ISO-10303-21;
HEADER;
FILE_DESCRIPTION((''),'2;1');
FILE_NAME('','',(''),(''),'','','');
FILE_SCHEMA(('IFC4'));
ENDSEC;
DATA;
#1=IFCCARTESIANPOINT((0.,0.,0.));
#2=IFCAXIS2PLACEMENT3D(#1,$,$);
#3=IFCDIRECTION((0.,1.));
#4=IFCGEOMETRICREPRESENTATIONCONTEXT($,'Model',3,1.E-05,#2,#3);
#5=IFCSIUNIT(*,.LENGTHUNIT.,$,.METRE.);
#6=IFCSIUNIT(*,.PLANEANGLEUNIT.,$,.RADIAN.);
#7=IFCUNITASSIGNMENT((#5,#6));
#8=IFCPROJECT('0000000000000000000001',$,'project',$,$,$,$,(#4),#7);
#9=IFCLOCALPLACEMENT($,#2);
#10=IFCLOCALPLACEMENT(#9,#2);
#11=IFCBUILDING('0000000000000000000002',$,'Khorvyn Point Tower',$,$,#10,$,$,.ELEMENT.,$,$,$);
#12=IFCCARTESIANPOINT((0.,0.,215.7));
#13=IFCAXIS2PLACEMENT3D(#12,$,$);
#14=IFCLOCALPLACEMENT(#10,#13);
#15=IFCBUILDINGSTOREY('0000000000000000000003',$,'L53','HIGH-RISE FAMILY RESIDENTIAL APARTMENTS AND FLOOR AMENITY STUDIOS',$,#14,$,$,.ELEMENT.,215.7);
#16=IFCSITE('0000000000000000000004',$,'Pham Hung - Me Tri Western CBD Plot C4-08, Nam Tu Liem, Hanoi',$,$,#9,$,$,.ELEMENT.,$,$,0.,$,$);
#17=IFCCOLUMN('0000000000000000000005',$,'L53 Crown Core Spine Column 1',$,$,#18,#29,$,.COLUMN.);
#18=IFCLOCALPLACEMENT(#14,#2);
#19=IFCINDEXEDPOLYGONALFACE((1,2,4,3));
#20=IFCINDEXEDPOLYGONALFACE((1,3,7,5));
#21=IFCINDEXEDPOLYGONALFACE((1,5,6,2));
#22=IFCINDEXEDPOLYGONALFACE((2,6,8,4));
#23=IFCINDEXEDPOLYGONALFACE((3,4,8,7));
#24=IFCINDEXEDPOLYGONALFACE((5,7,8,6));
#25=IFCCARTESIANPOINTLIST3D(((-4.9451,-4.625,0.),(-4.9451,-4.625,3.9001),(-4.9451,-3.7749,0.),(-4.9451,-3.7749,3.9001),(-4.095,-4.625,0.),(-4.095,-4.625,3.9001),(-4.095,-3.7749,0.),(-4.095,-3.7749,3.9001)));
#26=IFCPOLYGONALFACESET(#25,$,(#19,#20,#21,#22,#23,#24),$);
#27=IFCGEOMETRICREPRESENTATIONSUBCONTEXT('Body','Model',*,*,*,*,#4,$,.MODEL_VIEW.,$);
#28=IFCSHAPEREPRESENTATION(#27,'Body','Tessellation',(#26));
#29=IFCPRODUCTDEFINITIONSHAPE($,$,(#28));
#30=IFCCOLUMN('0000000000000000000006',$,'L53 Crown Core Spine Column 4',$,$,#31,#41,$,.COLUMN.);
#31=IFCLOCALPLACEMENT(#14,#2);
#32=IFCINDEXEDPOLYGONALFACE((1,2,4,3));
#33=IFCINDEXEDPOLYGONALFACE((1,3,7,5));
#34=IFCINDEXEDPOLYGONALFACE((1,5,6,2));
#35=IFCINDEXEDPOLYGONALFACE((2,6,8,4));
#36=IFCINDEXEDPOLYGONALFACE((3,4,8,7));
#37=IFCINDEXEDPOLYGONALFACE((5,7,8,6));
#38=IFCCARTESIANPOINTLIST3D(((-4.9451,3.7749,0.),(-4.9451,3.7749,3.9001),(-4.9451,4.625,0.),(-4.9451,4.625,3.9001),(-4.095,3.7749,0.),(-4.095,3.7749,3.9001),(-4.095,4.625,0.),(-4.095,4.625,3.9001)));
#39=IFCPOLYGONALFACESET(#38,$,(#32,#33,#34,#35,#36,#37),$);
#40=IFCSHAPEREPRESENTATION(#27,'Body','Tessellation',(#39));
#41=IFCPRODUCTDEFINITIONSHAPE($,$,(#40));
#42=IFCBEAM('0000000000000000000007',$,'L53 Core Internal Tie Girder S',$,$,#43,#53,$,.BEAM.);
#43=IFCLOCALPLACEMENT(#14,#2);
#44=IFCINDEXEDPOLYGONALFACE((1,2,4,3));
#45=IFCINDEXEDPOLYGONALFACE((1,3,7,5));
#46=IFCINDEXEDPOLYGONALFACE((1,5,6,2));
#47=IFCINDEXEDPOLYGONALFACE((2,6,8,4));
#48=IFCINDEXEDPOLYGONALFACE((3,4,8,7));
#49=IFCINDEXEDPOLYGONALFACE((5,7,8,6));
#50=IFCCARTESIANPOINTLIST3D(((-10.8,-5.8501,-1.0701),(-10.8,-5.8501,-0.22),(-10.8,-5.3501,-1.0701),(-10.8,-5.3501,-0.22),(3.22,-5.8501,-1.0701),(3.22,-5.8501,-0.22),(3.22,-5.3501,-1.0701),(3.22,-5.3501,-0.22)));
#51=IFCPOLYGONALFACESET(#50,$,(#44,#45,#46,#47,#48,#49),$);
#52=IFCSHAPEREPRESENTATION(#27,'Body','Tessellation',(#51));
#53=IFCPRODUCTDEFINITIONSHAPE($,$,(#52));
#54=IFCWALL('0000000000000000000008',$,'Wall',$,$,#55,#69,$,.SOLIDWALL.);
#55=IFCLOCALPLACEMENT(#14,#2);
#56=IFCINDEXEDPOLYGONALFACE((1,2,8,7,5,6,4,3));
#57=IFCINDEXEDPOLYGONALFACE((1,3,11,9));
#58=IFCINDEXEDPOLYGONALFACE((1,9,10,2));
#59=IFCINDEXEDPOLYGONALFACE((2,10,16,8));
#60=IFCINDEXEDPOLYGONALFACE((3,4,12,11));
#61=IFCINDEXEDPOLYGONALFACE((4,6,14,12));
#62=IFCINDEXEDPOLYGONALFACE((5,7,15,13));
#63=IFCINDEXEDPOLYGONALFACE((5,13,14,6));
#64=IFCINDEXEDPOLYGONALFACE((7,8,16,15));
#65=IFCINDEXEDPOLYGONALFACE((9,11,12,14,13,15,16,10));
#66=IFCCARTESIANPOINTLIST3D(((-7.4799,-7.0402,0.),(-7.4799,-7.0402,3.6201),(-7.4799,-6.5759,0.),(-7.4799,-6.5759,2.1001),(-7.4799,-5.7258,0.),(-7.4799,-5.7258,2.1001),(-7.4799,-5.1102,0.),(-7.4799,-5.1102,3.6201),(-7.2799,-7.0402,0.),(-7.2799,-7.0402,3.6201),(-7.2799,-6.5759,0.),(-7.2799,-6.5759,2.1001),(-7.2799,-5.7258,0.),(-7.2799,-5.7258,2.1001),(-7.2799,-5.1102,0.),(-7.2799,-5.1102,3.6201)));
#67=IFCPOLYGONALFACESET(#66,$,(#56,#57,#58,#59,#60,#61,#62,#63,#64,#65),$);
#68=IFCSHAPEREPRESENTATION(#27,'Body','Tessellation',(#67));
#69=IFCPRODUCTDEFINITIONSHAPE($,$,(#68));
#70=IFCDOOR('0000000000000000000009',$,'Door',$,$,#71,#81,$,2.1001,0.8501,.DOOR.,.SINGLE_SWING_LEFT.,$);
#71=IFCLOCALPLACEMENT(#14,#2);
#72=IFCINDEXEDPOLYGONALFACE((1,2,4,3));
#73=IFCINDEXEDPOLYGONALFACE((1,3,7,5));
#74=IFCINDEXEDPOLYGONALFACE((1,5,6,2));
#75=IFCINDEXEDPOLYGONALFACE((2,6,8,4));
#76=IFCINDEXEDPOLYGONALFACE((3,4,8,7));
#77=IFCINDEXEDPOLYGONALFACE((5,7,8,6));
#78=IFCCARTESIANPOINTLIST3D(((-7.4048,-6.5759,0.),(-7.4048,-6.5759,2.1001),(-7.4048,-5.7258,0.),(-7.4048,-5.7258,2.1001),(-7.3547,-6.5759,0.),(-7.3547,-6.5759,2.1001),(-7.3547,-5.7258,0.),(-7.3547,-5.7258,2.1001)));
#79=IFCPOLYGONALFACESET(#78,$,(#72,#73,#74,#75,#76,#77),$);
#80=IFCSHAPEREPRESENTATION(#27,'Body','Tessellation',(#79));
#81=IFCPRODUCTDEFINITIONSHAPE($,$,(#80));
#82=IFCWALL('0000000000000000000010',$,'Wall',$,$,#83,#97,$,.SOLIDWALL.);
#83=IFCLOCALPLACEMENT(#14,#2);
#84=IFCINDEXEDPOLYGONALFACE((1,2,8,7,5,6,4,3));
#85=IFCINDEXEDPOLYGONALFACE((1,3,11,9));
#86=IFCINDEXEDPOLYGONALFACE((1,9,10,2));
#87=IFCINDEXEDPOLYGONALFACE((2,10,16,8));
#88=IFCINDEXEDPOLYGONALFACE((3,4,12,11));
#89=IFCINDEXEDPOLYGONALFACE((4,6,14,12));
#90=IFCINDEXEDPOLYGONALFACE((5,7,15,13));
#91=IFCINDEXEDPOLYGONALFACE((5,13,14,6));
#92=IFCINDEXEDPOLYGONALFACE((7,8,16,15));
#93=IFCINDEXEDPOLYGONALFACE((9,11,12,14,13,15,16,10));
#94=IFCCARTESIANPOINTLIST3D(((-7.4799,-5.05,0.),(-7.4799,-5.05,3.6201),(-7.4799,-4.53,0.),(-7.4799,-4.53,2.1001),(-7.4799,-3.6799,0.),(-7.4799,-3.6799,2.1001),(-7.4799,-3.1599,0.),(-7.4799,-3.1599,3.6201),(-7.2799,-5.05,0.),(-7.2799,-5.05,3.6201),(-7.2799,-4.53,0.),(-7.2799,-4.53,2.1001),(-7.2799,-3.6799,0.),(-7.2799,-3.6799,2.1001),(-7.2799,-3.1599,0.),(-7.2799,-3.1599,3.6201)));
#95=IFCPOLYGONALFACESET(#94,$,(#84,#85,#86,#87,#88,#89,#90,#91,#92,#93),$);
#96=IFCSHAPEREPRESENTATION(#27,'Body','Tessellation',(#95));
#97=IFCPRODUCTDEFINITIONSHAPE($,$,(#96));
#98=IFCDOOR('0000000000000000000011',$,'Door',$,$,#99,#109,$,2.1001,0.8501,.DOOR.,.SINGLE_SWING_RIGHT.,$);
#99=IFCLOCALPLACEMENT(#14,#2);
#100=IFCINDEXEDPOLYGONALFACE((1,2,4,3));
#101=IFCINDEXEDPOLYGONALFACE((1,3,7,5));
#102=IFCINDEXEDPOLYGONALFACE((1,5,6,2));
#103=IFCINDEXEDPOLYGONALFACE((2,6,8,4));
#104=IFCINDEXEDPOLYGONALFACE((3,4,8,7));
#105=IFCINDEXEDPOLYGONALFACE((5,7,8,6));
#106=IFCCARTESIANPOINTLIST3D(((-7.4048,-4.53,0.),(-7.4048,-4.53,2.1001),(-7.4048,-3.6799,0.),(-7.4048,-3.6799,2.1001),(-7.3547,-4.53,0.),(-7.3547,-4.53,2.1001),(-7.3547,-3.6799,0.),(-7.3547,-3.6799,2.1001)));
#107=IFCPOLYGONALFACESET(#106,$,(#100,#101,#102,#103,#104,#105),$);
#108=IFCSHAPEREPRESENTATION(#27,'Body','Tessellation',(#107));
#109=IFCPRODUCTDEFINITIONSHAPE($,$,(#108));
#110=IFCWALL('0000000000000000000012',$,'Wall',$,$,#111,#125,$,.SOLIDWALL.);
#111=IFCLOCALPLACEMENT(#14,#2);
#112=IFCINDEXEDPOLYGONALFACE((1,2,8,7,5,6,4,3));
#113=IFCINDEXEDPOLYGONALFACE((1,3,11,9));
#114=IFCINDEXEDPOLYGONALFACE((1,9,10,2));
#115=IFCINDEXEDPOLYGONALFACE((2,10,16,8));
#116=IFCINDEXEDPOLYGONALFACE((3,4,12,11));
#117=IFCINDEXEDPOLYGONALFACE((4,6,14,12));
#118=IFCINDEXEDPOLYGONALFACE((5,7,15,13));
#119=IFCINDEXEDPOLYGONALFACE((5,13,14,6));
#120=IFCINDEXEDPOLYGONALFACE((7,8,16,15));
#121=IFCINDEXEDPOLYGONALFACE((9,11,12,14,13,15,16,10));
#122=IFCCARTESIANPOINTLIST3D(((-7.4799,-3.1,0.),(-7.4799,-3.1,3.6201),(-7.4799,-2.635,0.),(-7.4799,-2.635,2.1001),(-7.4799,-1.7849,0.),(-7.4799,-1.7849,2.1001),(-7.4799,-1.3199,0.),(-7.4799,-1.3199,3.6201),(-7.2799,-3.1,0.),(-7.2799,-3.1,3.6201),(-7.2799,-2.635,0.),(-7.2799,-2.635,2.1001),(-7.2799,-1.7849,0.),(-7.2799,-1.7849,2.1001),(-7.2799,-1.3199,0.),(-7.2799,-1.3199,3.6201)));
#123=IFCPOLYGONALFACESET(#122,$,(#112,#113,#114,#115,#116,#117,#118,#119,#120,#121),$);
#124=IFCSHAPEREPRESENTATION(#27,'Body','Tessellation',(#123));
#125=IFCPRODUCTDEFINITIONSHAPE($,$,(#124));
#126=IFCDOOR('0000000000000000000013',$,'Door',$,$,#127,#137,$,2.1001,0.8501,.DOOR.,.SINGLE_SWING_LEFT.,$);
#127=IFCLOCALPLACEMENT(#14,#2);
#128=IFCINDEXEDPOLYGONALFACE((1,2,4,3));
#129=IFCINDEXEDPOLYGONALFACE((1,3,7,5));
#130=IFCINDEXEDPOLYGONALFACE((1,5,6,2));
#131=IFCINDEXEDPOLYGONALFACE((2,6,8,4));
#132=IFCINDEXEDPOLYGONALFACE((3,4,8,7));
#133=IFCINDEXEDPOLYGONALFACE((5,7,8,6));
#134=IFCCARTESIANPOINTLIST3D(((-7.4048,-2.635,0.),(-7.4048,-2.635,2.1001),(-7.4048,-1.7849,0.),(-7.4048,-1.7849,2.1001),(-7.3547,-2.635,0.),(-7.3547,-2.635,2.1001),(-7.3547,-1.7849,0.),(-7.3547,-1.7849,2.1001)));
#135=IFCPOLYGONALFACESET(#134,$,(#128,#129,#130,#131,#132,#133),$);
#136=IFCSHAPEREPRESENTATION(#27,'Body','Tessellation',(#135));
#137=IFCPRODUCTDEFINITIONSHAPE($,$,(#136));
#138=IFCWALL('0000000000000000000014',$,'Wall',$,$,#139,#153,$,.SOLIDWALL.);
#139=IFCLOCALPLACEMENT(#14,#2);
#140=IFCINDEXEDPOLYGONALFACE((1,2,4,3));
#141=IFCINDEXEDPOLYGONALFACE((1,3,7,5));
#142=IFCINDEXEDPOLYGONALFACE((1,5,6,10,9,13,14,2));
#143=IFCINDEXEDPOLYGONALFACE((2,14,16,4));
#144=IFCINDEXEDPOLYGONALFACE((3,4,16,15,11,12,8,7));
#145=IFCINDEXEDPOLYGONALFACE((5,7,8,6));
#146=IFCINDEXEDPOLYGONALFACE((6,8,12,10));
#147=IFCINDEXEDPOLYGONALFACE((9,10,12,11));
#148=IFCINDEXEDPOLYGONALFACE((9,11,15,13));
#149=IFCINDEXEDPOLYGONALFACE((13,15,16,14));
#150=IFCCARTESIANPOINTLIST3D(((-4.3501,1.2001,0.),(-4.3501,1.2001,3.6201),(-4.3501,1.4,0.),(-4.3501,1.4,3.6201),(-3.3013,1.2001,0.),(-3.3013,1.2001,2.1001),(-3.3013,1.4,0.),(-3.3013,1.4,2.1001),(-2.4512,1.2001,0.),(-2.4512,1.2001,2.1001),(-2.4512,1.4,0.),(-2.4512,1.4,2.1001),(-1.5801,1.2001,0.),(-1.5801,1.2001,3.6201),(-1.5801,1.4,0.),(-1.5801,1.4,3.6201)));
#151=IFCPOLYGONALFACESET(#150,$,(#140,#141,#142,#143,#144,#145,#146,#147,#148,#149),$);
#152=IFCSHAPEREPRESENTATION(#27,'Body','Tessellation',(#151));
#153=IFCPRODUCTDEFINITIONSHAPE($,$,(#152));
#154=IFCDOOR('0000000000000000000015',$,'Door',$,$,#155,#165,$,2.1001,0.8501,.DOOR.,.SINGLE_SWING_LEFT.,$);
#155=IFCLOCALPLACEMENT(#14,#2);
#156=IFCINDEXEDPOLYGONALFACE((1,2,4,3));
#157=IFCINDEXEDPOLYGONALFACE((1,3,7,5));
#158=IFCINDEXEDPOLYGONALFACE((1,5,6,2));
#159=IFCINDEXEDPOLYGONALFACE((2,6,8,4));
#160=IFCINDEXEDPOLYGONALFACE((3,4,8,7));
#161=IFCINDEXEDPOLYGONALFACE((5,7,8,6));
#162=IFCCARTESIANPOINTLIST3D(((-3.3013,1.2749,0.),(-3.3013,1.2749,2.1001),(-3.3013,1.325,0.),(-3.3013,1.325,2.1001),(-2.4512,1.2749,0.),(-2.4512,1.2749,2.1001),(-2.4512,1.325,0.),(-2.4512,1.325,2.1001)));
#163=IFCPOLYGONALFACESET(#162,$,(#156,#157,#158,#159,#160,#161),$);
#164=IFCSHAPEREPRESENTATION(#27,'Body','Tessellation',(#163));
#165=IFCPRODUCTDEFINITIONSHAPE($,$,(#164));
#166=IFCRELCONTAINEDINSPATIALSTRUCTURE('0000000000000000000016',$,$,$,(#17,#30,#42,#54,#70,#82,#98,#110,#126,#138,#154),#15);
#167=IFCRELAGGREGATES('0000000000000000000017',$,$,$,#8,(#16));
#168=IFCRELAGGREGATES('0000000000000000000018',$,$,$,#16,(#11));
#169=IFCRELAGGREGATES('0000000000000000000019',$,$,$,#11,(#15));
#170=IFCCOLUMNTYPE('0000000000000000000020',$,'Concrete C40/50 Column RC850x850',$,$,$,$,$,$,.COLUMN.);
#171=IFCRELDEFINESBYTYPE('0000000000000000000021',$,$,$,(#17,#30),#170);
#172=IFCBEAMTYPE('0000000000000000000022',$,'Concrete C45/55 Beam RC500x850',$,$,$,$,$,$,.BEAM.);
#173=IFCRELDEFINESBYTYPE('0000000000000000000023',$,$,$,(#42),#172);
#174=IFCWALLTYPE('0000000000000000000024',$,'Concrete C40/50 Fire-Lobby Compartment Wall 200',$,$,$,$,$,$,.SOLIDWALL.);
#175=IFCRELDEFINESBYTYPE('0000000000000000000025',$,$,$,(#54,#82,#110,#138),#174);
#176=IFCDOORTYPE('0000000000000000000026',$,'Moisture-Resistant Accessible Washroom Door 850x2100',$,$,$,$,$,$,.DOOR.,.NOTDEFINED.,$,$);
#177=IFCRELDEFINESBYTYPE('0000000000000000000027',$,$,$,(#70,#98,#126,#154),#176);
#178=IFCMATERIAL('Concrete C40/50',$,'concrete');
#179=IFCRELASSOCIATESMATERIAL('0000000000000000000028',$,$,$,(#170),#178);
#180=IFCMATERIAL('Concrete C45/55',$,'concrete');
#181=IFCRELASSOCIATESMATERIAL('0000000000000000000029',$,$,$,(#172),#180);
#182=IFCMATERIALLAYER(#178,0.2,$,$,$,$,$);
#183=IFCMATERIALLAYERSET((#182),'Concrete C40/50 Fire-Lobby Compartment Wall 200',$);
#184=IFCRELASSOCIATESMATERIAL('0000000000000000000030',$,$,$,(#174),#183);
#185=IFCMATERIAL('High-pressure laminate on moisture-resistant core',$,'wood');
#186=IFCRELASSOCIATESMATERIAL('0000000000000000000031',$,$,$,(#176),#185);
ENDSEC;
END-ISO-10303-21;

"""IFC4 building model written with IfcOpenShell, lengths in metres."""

from ifc_helpers import new_model, si_unit, direction, frame, frame_2d, origin, origin_2d, place, context, subcontext, project, spatial, rectangle, extrude, material, layer, layer_set, material_profile, profile_set, type_object, element, fill, save


model = new_model("IFC4")

# Units and contexts
model_context = context("Model", 3, precision=1e-05, world=origin(), true_north=direction((0.0, 1.0)))
body_context = subcontext(model_context, "Body", "Model", "MODEL_VIEW")
ifc_project = project(units=[si_unit("LENGTHUNIT", "METRE"), si_unit("PLANEANGLEUNIT", "RADIAN")], contexts=[model_context])

# Site, building, storey
site_placement = place(None, origin())
site = spatial("IfcSite", under=ifc_project, at=site_placement, Name="Pham Hung - Me Tri Western CBD Plot C4-08, Nam Tu Liem, Hanoi", CompositionType="ELEMENT", RefElevation=0.0)
building_placement = place(site_placement, origin())
building = spatial("IfcBuilding", under=site, at=building_placement, Name="Khorvyn Point Tower", CompositionType="ELEMENT")
storey_placement = place(building_placement, frame((0.0, 0.0, 215.7)))
storey = spatial("IfcBuildingStorey", under=building, at=storey_placement, Name="L53", Description="HIGH-RISE FAMILY RESIDENTIAL APARTMENTS AND FLOOR AMENITY STUDIOS", CompositionType="ELEMENT", Elevation=215.7)

# Columns
ifc_material_1 = material(Name="Concrete C40/50", Category="concrete")
ifc_material_profile_1 = material_profile(ifc_material_1, rectangle(XDim=0.8501, YDim=0.8501, at=origin_2d()))
ifc_profile_set_1 = profile_set([ifc_material_profile_1], Name="Concrete C40/50 RC850x850")
column_type = type_object("IfcColumnType", Name="Concrete C40/50 Column RC850x850", PredefinedType="COLUMN", material=ifc_profile_set_1)
for number, where, z_axis, x_axis, name in (
    (1, (-4.52, -4.2, 0.0), (0.0, 0.0, 1.0), (1.0, 0.0, 0.0), "L53 Crown Core Spine Column 1"),
    (2, (-4.52, 4.2, 0.0), (0.0, 0.0, 1.0), (1.0, 0.0, 0.0), "L53 Crown Core Spine Column 4"),
):
    element("IfcColumn", number, at=place(storey_placement, frame(where, z_axis=z_axis, x_axis=x_axis)), inside=storey, type_object=column_type, Name=name, PredefinedType="COLUMN", context=body_context, shape_type="SweptSolid", body=[
        extrude(rectangle(XDim=0.8501, YDim=0.8501, at=origin_2d()), origin(), (0.0, 0.0, 1.0), 3.9001),
    ])

# Beam
ifc_material_2 = material(Name="Concrete C45/55", Category="concrete")
ifc_material_profile_2 = material_profile(ifc_material_2, rectangle(XDim=0.5, YDim=0.8501, at=origin_2d()))
ifc_profile_set_2 = profile_set([ifc_material_profile_2], Name="Concrete C45/55 RC500x850")
beam_type = type_object("IfcBeamType", Name="Concrete C45/55 Beam RC500x850", PredefinedType="BEAM", material=ifc_profile_set_2)
beam_placement = place(storey_placement, frame((-10.8, -5.6001, -0.645), z_axis=(1.0, 0.0, 0.0), x_axis=(0.0, 1.0, 0.0)))
element("IfcBeam", 3, at=beam_placement, inside=storey, type_object=beam_type, Name="L53 Core Internal Tie Girder S", PredefinedType="BEAM", context=body_context, shape_type="SweptSolid", body=[
    extrude(rectangle(XDim=0.5, YDim=0.8501, at=origin_2d()), origin(), (0.0, 0.0, 1.0), 14.02),
])

# Walls, openings, doors
ifc_layer_1 = layer(ifc_material_1, 0.2)
ifc_layer_set_1 = layer_set([ifc_layer_1], Name="Concrete C40/50 Fire-Lobby Compartment Wall 200")
wall_type_1 = type_object("IfcWallType", Name="Concrete C40/50 Fire-Lobby Compartment Wall 200", PredefinedType="SOLIDWALL", material=ifc_layer_set_1)
wall_1_placement = place(storey_placement, frame((-7.3799, -7.04, 0.0), z_axis=(0.0, 0.0, 1.0), x_axis=(0.0, 1.0, 0.0)))
wall_1 = element("IfcWall", 4, at=wall_1_placement, inside=storey, type_object=wall_type_1, Name="Wall", PredefinedType="SOLIDWALL", context=body_context, shape_type="SweptSolid", body=[
    extrude(rectangle(XDim=1.9299, YDim=0.2, at=frame_2d((0.9648, 0.0))), origin(), (0.0, 0.0, 1.0), 3.6201),
])
opening_1_placement = place(wall_1_placement, frame((0.4641, 0.0, 0.0)))
opening_1 = element("IfcOpeningElement", 5, at=opening_1_placement, cuts=wall_1, PredefinedType="OPENING", context=body_context, shape_type="SweptSolid", body=[
    extrude(rectangle(XDim=0.8501, YDim=2.1001, at=frame_2d((0.425, 1.05))), frame((0.0, 0.1099, 0.0), z_axis=(0.0, -1.0, 0.0), x_axis=(1.0, 0.0, 0.0)), (0.0, 0.0, 1.0), 0.22),
])
ifc_material_3 = material(Name="High-pressure laminate on moisture-resistant core", Category="wood")
door_type_1 = type_object("IfcDoorType", Name="Moisture-Resistant Accessible Washroom Door 850x2100", OperationType="NOTDEFINED", PredefinedType="DOOR", material=ifc_material_3)
door_1_placement = place(opening_1_placement, origin())
door_1 = element("IfcDoor", 6, at=door_1_placement, inside=storey, type_object=door_type_1, Name="Door", OperationType="SINGLE_SWING_LEFT", OverallHeight=2.1001, OverallWidth=0.8501, PredefinedType="DOOR", context=body_context, shape_type="SweptSolid", body=[
    extrude(rectangle(XDim=0.8501, YDim=2.1001, at=frame_2d((0.425, 1.05))), frame((0.0, 0.0249, 0.0), z_axis=(0.0, -1.0, 0.0), x_axis=(1.0, 0.0, 0.0)), (0.0, 0.0, 1.0), 0.05),
])
fill(opening_1, door_1)
wall_2_placement = place(storey_placement, frame((-7.3799, -5.05, 0.0), z_axis=(0.0, 0.0, 1.0), x_axis=(0.0, 1.0, 0.0)))
wall_2 = element("IfcWall", 7, at=wall_2_placement, inside=storey, type_object=wall_type_1, Name="Wall", PredefinedType="SOLIDWALL", context=body_context, shape_type="SweptSolid", body=[
    extrude(rectangle(XDim=1.8901, YDim=0.2, at=frame_2d((0.9451, 0.0))), origin(), (0.0, 0.0, 1.0), 3.6201),
])
opening_2_placement = place(wall_2_placement, frame((0.52, 0.0, 0.0)))
opening_2 = element("IfcOpeningElement", 8, at=opening_2_placement, cuts=wall_2, PredefinedType="OPENING", context=body_context, shape_type="SweptSolid", body=[
    extrude(rectangle(XDim=0.8501, YDim=2.1001, at=frame_2d((0.425, 1.05))), frame((0.0, 0.1099, 0.0), z_axis=(0.0, -1.0, 0.0), x_axis=(1.0, 0.0, 0.0)), (0.0, 0.0, 1.0), 0.22),
])
door_2_placement = place(opening_2_placement, origin())
door_2 = element("IfcDoor", 9, at=door_2_placement, inside=storey, type_object=door_type_1, Name="Door", OperationType="SINGLE_SWING_RIGHT", OverallHeight=2.1001, OverallWidth=0.8501, PredefinedType="DOOR", context=body_context, shape_type="SweptSolid", body=[
    extrude(rectangle(XDim=0.8501, YDim=2.1001, at=frame_2d((0.425, 1.05))), frame((0.0, 0.0249, 0.0), z_axis=(0.0, -1.0, 0.0), x_axis=(1.0, 0.0, 0.0)), (0.0, 0.0, 1.0), 0.05),
])
fill(opening_2, door_2)
wall_3_placement = place(storey_placement, frame((-7.3799, -3.1001, 0.0), z_axis=(0.0, 0.0, 1.0), x_axis=(0.0, 1.0, 0.0)))
wall_3 = element("IfcWall", 10, at=wall_3_placement, inside=storey, type_object=wall_type_1, Name="Wall", PredefinedType="SOLIDWALL", context=body_context, shape_type="SweptSolid", body=[
    extrude(rectangle(XDim=1.78, YDim=0.2, at=frame_2d((0.8901, 0.0))), origin(), (0.0, 0.0, 1.0), 3.6201),
])
opening_3_placement = place(wall_3_placement, frame((0.4651, 0.0, 0.0)))
opening_3 = element("IfcOpeningElement", 11, at=opening_3_placement, cuts=wall_3, PredefinedType="OPENING", context=body_context, shape_type="SweptSolid", body=[
    extrude(rectangle(XDim=0.8501, YDim=2.1001, at=frame_2d((0.425, 1.05))), frame((0.0, 0.1099, 0.0), z_axis=(0.0, -1.0, 0.0), x_axis=(1.0, 0.0, 0.0)), (0.0, 0.0, 1.0), 0.22),
])
door_3_placement = place(opening_3_placement, origin())
door_3 = element("IfcDoor", 12, at=door_3_placement, inside=storey, type_object=door_type_1, Name="Door", OperationType="SINGLE_SWING_LEFT", OverallHeight=2.1001, OverallWidth=0.8501, PredefinedType="DOOR", context=body_context, shape_type="SweptSolid", body=[
    extrude(rectangle(XDim=0.8501, YDim=2.1001, at=frame_2d((0.425, 1.05))), frame((0.0, 0.0249, 0.0), z_axis=(0.0, -1.0, 0.0), x_axis=(1.0, 0.0, 0.0)), (0.0, 0.0, 1.0), 0.05),
])
fill(opening_3, door_3)
wall_4_placement = place(storey_placement, frame((-4.3501, 1.3, 0.0), z_axis=(0.0, 0.0, 1.0), x_axis=(1.0, 0.0, 0.0)))
wall_4 = element("IfcWall", 13, at=wall_4_placement, inside=storey, type_object=wall_type_1, Name="Wall", PredefinedType="SOLIDWALL", context=body_context, shape_type="SweptSolid", body=[
    extrude(rectangle(XDim=2.77, YDim=0.2, at=frame_2d((1.385, 0.0))), origin(), (0.0, 0.0, 1.0), 3.6201),
])
opening_4_placement = place(wall_4_placement, frame((1.0488, 0.0, 0.0)))
opening_4 = element("IfcOpeningElement", 14, at=opening_4_placement, cuts=wall_4, PredefinedType="OPENING", context=body_context, shape_type="SweptSolid", body=[
    extrude(rectangle(XDim=0.8501, YDim=2.1001, at=frame_2d((0.425, 1.05))), frame((0.0, 0.1099, 0.0), z_axis=(0.0, -1.0, 0.0), x_axis=(1.0, 0.0, 0.0)), (0.0, 0.0, 1.0), 0.22),
])
door_4_placement = place(opening_4_placement, origin())
door_4 = element("IfcDoor", 15, at=door_4_placement, inside=storey, type_object=door_type_1, Name="Door", OperationType="SINGLE_SWING_LEFT", OverallHeight=2.1001, OverallWidth=0.8501, PredefinedType="DOOR", context=body_context, shape_type="SweptSolid", body=[
    extrude(rectangle(XDim=0.8501, YDim=2.1001, at=frame_2d((0.425, 1.05))), frame((0.0, 0.0249, 0.0), z_axis=(0.0, -1.0, 0.0), x_axis=(1.0, 0.0, 0.0)), (0.0, 0.0, 1.0), 0.05),
])
fill(opening_4, door_4)

save(model, "model.ifc")
